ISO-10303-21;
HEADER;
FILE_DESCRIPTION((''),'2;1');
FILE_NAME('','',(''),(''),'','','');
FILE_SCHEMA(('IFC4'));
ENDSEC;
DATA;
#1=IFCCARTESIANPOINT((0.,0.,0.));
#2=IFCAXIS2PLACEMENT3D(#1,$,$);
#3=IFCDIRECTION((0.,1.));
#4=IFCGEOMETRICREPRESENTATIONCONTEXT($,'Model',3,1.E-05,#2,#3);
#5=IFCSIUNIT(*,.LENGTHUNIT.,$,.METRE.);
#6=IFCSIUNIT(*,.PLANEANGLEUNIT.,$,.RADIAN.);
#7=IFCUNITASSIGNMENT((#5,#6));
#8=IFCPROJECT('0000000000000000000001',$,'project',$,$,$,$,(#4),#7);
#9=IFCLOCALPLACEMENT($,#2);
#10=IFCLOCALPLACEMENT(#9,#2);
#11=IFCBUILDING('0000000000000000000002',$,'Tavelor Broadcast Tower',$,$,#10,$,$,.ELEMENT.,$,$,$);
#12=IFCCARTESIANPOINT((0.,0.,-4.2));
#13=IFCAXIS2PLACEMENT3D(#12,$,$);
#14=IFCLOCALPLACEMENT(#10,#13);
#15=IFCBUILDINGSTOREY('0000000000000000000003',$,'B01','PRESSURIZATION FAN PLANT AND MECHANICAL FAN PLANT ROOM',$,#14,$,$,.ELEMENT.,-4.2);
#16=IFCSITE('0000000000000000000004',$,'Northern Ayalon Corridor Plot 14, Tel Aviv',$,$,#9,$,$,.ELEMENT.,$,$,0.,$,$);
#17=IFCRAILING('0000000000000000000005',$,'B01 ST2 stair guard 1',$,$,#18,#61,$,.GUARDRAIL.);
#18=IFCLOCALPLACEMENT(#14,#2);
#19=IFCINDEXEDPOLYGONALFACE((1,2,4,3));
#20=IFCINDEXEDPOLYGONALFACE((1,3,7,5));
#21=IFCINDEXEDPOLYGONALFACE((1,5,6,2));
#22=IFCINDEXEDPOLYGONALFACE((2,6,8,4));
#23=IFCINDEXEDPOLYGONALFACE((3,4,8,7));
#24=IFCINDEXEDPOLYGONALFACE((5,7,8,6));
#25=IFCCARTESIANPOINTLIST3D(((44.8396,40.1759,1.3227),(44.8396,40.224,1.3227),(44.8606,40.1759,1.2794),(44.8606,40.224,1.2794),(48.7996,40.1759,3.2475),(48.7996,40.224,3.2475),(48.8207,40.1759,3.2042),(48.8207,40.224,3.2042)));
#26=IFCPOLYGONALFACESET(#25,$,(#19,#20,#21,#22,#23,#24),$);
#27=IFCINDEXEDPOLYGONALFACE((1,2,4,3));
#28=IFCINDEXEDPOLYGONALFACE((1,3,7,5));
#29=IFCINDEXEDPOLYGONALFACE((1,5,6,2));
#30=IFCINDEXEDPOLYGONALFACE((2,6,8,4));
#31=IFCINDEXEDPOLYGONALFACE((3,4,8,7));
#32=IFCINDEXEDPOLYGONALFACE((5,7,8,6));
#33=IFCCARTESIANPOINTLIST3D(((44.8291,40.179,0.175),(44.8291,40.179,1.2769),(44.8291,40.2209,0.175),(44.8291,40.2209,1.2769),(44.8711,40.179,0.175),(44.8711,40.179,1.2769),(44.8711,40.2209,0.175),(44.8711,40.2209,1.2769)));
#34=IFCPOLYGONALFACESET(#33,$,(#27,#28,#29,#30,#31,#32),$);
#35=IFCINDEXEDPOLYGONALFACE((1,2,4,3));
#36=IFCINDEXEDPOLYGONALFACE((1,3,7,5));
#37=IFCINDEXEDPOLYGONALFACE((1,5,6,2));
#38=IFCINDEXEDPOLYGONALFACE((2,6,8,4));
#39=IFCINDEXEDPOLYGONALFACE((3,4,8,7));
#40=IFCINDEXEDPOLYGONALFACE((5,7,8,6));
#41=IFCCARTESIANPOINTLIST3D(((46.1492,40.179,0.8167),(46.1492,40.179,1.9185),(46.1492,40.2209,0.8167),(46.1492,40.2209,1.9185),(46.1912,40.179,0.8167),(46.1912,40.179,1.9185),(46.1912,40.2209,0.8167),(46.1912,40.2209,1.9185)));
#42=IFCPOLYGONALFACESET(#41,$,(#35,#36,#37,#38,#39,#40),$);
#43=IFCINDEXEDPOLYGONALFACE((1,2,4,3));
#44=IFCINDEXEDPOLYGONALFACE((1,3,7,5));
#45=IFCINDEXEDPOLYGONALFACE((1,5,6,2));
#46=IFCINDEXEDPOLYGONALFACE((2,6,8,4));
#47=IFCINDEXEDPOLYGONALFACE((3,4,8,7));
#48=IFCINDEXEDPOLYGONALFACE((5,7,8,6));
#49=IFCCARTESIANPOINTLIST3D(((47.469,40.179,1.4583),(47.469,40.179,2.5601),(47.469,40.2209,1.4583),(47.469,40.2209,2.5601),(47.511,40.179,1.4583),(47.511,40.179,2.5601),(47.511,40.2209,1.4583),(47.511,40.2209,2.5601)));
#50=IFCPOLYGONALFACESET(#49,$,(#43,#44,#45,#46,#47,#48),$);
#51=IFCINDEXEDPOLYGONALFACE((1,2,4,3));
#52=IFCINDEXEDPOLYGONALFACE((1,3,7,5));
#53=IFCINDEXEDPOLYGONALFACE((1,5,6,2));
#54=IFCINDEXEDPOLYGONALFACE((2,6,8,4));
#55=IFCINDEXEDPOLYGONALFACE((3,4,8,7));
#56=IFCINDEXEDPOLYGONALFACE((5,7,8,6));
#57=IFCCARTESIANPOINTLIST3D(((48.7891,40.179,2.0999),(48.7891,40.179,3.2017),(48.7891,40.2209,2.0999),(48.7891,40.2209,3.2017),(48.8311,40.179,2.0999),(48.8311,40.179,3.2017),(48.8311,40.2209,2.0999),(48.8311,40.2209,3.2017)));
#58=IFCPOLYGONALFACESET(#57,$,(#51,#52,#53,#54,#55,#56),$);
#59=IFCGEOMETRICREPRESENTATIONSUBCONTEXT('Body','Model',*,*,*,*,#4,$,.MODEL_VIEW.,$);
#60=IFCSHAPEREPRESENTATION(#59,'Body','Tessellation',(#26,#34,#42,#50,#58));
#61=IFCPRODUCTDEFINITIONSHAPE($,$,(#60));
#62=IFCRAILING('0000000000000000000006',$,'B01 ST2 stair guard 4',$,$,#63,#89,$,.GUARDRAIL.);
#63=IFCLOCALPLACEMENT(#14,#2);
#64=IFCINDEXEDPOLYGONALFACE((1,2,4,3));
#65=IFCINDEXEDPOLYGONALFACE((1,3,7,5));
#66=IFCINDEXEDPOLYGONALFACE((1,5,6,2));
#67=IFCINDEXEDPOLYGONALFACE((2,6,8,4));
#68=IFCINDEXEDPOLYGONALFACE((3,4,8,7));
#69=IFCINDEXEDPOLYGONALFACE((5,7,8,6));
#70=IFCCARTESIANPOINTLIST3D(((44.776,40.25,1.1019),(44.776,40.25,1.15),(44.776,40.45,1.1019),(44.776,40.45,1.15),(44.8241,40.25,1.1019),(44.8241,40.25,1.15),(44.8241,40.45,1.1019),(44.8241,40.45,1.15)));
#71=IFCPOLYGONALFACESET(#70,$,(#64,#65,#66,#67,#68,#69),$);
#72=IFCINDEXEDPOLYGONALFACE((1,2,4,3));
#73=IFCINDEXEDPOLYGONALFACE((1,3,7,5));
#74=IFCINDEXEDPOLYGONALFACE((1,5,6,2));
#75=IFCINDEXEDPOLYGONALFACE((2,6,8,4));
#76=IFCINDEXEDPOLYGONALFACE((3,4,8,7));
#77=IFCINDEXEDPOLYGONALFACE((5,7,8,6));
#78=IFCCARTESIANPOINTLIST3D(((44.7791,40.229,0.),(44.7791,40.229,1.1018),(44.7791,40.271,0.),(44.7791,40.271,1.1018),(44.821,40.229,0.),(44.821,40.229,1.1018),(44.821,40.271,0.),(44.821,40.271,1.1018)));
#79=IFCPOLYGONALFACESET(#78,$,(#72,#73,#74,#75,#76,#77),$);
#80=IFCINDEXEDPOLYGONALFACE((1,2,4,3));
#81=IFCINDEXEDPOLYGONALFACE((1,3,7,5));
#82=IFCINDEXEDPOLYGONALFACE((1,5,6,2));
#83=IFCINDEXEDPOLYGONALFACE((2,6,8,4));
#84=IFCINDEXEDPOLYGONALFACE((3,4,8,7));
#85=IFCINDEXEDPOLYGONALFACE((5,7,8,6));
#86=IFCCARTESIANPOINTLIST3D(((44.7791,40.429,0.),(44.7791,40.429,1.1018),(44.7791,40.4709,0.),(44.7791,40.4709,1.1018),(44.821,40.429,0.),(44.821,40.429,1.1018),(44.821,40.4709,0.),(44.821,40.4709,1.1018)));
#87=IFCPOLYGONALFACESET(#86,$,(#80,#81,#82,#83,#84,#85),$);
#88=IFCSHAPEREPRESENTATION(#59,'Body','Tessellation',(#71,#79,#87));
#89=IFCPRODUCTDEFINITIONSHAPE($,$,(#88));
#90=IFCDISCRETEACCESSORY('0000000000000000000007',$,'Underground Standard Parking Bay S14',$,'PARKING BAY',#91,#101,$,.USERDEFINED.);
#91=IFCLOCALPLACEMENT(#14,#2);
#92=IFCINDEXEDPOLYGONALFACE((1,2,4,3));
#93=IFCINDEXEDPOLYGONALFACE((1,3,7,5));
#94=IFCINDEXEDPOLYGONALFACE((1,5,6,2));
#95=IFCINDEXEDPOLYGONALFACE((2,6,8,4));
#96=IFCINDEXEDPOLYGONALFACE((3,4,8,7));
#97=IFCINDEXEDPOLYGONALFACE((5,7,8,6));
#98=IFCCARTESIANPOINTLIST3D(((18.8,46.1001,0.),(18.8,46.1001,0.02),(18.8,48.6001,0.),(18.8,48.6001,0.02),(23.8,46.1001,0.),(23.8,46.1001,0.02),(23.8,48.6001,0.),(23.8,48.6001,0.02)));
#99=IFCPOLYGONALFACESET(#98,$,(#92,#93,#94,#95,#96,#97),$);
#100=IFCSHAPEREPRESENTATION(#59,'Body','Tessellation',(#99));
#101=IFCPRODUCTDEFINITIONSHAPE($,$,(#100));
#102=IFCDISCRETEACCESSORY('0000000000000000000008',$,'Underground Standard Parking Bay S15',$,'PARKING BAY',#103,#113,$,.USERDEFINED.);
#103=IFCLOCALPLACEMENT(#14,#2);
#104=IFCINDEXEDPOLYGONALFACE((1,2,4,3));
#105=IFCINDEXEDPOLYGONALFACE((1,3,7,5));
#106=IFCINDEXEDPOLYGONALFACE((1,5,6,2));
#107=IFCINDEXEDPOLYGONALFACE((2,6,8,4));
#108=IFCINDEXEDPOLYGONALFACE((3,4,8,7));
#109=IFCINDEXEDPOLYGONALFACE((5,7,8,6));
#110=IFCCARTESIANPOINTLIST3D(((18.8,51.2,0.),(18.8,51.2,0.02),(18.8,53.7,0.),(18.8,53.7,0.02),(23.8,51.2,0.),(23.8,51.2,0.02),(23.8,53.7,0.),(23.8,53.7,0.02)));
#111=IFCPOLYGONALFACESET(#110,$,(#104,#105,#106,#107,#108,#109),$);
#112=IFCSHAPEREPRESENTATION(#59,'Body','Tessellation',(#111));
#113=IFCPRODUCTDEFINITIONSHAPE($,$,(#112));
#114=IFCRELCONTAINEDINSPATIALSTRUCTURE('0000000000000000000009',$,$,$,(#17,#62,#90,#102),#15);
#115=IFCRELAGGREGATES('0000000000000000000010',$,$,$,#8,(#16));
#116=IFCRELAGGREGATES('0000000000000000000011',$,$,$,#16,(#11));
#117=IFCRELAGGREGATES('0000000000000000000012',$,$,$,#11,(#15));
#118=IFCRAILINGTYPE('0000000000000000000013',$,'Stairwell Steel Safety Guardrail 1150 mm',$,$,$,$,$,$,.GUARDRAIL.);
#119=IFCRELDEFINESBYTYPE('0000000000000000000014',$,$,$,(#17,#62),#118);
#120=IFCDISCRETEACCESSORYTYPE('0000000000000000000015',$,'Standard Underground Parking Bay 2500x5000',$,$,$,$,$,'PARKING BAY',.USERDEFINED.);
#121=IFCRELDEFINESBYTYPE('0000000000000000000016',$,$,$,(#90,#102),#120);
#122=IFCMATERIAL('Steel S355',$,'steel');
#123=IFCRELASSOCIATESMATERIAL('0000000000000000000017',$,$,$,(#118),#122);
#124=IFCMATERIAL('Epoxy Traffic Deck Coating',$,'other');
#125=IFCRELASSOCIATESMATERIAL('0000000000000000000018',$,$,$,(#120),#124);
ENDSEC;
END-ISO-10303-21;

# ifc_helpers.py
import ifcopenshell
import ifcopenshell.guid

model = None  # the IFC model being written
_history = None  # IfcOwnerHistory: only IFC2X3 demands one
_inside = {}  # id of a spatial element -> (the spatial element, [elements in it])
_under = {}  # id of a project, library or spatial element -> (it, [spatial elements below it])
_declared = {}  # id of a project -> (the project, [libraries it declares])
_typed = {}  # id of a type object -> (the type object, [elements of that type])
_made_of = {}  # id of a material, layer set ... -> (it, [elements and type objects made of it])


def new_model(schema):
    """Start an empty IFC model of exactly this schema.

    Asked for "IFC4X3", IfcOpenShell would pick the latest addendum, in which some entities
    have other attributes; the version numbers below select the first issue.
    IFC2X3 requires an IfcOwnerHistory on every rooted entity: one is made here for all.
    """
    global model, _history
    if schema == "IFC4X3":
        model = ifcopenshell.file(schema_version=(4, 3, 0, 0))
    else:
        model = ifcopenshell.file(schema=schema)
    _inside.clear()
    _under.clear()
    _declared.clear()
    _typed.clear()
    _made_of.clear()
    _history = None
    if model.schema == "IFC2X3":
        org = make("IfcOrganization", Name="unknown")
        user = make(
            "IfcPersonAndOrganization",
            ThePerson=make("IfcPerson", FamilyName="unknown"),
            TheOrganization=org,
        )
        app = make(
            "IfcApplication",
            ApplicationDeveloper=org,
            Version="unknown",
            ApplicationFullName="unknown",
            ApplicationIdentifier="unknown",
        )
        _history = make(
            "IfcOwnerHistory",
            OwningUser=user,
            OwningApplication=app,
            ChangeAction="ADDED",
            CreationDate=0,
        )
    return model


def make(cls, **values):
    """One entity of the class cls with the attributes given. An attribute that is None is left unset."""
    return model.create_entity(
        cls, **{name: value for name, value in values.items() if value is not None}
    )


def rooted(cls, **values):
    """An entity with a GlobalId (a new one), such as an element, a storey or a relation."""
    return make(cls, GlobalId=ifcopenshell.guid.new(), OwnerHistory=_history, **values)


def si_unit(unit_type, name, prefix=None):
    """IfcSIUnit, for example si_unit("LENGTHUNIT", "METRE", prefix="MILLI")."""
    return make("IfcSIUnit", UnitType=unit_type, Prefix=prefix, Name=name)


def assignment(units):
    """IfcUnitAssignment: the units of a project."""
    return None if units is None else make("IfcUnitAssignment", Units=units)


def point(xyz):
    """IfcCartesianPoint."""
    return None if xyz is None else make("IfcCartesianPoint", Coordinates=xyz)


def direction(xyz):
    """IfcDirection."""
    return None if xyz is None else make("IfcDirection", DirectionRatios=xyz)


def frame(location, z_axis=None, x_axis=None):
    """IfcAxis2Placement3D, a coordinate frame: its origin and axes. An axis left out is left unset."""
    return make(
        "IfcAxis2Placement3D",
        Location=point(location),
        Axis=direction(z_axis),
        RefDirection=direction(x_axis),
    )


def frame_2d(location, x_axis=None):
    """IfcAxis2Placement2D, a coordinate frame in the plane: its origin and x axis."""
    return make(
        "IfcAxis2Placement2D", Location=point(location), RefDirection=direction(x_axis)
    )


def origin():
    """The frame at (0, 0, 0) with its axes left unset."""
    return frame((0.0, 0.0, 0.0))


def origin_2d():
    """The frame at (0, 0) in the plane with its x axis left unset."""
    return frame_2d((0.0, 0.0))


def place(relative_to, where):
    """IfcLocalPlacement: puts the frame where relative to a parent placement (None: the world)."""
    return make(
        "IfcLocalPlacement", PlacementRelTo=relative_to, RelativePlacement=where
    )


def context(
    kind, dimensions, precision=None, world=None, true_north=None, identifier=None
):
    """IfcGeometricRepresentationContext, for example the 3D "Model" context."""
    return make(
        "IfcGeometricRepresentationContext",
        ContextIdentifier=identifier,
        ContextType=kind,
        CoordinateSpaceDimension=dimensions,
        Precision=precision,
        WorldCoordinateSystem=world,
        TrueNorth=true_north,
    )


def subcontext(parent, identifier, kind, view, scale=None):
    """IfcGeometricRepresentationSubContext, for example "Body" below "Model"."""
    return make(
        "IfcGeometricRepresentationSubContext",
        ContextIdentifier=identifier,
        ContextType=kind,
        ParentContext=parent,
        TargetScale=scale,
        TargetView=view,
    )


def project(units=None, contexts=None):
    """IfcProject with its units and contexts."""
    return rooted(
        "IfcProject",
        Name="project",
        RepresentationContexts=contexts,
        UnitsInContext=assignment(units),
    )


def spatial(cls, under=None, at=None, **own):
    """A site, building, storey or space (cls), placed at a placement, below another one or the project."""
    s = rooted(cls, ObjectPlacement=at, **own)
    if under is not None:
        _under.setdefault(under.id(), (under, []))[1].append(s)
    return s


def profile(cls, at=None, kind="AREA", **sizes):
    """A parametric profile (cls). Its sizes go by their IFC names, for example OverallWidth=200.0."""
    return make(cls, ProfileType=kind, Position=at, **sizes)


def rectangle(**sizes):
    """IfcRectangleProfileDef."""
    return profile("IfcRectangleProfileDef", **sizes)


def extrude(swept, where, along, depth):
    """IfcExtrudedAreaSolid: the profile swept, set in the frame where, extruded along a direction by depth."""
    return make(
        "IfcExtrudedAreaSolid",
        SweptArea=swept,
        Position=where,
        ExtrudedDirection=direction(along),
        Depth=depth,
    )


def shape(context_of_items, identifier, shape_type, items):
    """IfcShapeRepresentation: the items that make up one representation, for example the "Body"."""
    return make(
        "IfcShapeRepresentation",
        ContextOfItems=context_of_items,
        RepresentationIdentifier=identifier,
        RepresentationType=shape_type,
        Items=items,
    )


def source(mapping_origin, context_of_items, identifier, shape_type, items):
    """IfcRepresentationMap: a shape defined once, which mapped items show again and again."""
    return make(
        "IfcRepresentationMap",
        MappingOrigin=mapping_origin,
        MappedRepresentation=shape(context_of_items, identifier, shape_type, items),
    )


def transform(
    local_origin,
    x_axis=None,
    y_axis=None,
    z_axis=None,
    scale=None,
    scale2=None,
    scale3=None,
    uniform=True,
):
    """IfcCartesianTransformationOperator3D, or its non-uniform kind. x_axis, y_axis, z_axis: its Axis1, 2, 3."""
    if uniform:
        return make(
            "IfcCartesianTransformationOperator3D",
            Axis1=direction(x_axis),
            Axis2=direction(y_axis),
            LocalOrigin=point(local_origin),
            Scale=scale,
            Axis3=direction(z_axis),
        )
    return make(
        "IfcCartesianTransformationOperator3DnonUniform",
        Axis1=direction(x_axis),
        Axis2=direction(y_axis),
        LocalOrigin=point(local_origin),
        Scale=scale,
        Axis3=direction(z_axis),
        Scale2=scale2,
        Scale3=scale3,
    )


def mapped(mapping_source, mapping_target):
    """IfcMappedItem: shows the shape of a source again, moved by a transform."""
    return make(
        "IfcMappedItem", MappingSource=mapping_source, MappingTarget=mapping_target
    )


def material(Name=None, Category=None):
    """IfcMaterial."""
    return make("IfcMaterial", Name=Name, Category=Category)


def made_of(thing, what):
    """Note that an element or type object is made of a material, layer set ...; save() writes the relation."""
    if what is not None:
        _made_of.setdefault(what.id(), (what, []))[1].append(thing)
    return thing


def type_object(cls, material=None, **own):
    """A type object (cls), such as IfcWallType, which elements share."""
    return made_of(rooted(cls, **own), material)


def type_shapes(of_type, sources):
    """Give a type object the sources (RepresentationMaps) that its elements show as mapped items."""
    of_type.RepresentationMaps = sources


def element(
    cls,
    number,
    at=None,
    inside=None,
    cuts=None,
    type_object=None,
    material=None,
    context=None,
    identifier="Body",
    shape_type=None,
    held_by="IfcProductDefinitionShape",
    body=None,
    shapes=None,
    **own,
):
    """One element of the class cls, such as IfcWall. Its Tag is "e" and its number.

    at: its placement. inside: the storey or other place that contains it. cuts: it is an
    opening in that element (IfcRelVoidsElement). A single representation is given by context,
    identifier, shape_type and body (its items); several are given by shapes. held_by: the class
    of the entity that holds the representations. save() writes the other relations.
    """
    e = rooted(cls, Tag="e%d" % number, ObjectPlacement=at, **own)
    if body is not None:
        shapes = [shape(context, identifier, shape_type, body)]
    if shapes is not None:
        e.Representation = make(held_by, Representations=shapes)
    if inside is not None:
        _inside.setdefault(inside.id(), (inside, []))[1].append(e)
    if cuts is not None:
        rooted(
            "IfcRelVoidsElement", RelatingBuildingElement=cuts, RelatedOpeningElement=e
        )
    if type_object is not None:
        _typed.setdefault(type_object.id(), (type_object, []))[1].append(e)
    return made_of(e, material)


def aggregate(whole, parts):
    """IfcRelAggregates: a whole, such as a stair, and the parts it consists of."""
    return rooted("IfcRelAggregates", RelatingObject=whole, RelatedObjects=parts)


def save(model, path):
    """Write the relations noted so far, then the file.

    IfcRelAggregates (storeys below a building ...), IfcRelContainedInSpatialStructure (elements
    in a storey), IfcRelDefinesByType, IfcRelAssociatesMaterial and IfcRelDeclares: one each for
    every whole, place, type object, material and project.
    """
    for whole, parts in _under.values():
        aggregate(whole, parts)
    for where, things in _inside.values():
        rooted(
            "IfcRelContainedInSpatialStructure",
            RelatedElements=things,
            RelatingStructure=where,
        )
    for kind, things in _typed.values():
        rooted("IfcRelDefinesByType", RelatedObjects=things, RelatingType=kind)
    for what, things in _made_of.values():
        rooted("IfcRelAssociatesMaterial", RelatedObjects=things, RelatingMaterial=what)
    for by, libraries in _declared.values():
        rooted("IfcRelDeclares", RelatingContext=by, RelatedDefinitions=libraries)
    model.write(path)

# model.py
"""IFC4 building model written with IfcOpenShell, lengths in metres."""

from ifc_helpers import new_model, si_unit, direction, frame, origin, origin_2d, place, context, subcontext, project, spatial, rectangle, extrude, source, transform, mapped, material, type_object, type_shapes, element, save


model = new_model("IFC4")

# Units and contexts
model_context = context("Model", 3, precision=1e-05, world=origin(), true_north=direction((0.0, 1.0)))
body_context = subcontext(model_context, "Body", "Model", "MODEL_VIEW")
ifc_project = project(units=[si_unit("LENGTHUNIT", "METRE"), si_unit("PLANEANGLEUNIT", "RADIAN")], contexts=[model_context])

# Site, building, storey
site_placement = place(None, origin())
site = spatial("IfcSite", under=ifc_project, at=site_placement, Name="Northern Ayalon Corridor Plot 14, Tel Aviv", CompositionType="ELEMENT", RefElevation=0.0)
building_placement = place(site_placement, origin())
building = spatial("IfcBuilding", under=site, at=building_placement, Name="Tavelor Broadcast Tower", CompositionType="ELEMENT")
storey_placement = place(building_placement, frame((0.0, 0.0, -4.2)))
storey = spatial("IfcBuildingStorey", under=building, at=storey_placement, Name="B01", Description="PRESSURIZATION FAN PLANT AND MECHANICAL FAN PLANT ROOM", CompositionType="ELEMENT", Elevation=-4.2)

# Shared definitions
ifc_material_1 = material(Name="Steel S355", Category="steel")

# Railings
railing_type_1 = type_object("IfcRailingType", Name="Stairwell Steel Safety Guardrail 1150 mm", PredefinedType="GUARDRAIL", material=ifc_material_1)
railing_1_placement = place(storey_placement, frame((44.8501, 40.2, 0.175)))
element("IfcRailing", 1, at=railing_1_placement, inside=storey, type_object=railing_type_1, Name="B01 ST2 stair guard 1", PredefinedType="GUARDRAIL", context=body_context, shape_type="SweptSolid", body=[
    extrude(rectangle(XDim=0.0481, YDim=0.0481, at=origin_2d()), frame((0.0, 0.0, 1.126), z_axis=(0.899384, 0.0, 0.43716), x_axis=(0.0, 1.0, 0.0)), (0.0, 0.0, 1.0), 4.4031),
    extrude(rectangle(XDim=0.042, YDim=0.042, at=origin_2d()), origin(), (0.0, 0.0, 1.0), 1.1018),
    extrude(rectangle(XDim=0.042, YDim=0.042, at=origin_2d()), frame((1.3201, 0.0, 0.6416)), (0.0, 0.0, 1.0), 1.1018),
    extrude(rectangle(XDim=0.042, YDim=0.042, at=origin_2d()), frame((2.6399, 0.0, 1.2832)), (0.0, 0.0, 1.0), 1.1018),
    extrude(rectangle(XDim=0.042, YDim=0.042, at=origin_2d()), frame((3.96, 0.0, 1.9248)), (0.0, 0.0, 1.0), 1.1018),
])
railing_2_placement = place(storey_placement, frame((44.8, 40.25, 0.0)))
element("IfcRailing", 2, at=railing_2_placement, inside=storey, type_object=railing_type_1, Name="B01 ST2 stair guard 4", PredefinedType="GUARDRAIL", context=body_context, shape_type="SweptSolid", body=[
    extrude(rectangle(XDim=0.0481, YDim=0.0481, at=origin_2d()), frame((0.0, 0.0, 1.126), z_axis=(0.0, 1.0, 0.0), x_axis=(-1.0, 0.0, 0.0)), (0.0, 0.0, 1.0), 0.2),
    extrude(rectangle(XDim=0.042, YDim=0.042, at=origin_2d()), origin(), (0.0, 0.0, 1.0), 1.1018),
    extrude(rectangle(XDim=0.042, YDim=0.042, at=origin_2d()), frame((0.0, 0.2, 0.0)), (0.0, 0.0, 1.0), 1.1018),
])

# Discrete accessories
ifc_material_2 = material(Name="Epoxy Traffic Deck Coating", Category="other")
discrete_accessory_type = type_object("IfcDiscreteAccessoryType", Name="Standard Underground Parking Bay 2500x5000", ElementType="PARKING BAY", PredefinedType="USERDEFINED", material=ifc_material_2)
shared_shape_1 = source(origin(), body_context, "Body", "SweptSolid", [
    extrude(rectangle(XDim=2.5, YDim=5.0, at=origin_2d()), origin(), (0.0, 0.0, 1.0), 0.02),
])
type_shapes(discrete_accessory_type, [shared_shape_1])
for number, where, z_axis, x_axis, name in (
    (3, (21.3, 47.3501, 0.0), (0.0, 0.0, 1.0), (0.0, 1.0, 0.0), "Underground Standard Parking Bay S14"),
    (4, (21.3, 52.45, 0.0), (0.0, 0.0, 1.0), (0.0, 1.0, 0.0), "Underground Standard Parking Bay S15"),
):
    element("IfcDiscreteAccessory", number, at=place(storey_placement, frame(where, z_axis=z_axis, x_axis=x_axis)), inside=storey, type_object=discrete_accessory_type, Name=name, ObjectType="PARKING BAY", PredefinedType="USERDEFINED", context=body_context, shape_type="MappedRepresentation", body=[
        mapped(shared_shape_1, transform((0.0, 0.0, 0.0), scale=1.0)),
    ])

save(model, "model.ifc")
